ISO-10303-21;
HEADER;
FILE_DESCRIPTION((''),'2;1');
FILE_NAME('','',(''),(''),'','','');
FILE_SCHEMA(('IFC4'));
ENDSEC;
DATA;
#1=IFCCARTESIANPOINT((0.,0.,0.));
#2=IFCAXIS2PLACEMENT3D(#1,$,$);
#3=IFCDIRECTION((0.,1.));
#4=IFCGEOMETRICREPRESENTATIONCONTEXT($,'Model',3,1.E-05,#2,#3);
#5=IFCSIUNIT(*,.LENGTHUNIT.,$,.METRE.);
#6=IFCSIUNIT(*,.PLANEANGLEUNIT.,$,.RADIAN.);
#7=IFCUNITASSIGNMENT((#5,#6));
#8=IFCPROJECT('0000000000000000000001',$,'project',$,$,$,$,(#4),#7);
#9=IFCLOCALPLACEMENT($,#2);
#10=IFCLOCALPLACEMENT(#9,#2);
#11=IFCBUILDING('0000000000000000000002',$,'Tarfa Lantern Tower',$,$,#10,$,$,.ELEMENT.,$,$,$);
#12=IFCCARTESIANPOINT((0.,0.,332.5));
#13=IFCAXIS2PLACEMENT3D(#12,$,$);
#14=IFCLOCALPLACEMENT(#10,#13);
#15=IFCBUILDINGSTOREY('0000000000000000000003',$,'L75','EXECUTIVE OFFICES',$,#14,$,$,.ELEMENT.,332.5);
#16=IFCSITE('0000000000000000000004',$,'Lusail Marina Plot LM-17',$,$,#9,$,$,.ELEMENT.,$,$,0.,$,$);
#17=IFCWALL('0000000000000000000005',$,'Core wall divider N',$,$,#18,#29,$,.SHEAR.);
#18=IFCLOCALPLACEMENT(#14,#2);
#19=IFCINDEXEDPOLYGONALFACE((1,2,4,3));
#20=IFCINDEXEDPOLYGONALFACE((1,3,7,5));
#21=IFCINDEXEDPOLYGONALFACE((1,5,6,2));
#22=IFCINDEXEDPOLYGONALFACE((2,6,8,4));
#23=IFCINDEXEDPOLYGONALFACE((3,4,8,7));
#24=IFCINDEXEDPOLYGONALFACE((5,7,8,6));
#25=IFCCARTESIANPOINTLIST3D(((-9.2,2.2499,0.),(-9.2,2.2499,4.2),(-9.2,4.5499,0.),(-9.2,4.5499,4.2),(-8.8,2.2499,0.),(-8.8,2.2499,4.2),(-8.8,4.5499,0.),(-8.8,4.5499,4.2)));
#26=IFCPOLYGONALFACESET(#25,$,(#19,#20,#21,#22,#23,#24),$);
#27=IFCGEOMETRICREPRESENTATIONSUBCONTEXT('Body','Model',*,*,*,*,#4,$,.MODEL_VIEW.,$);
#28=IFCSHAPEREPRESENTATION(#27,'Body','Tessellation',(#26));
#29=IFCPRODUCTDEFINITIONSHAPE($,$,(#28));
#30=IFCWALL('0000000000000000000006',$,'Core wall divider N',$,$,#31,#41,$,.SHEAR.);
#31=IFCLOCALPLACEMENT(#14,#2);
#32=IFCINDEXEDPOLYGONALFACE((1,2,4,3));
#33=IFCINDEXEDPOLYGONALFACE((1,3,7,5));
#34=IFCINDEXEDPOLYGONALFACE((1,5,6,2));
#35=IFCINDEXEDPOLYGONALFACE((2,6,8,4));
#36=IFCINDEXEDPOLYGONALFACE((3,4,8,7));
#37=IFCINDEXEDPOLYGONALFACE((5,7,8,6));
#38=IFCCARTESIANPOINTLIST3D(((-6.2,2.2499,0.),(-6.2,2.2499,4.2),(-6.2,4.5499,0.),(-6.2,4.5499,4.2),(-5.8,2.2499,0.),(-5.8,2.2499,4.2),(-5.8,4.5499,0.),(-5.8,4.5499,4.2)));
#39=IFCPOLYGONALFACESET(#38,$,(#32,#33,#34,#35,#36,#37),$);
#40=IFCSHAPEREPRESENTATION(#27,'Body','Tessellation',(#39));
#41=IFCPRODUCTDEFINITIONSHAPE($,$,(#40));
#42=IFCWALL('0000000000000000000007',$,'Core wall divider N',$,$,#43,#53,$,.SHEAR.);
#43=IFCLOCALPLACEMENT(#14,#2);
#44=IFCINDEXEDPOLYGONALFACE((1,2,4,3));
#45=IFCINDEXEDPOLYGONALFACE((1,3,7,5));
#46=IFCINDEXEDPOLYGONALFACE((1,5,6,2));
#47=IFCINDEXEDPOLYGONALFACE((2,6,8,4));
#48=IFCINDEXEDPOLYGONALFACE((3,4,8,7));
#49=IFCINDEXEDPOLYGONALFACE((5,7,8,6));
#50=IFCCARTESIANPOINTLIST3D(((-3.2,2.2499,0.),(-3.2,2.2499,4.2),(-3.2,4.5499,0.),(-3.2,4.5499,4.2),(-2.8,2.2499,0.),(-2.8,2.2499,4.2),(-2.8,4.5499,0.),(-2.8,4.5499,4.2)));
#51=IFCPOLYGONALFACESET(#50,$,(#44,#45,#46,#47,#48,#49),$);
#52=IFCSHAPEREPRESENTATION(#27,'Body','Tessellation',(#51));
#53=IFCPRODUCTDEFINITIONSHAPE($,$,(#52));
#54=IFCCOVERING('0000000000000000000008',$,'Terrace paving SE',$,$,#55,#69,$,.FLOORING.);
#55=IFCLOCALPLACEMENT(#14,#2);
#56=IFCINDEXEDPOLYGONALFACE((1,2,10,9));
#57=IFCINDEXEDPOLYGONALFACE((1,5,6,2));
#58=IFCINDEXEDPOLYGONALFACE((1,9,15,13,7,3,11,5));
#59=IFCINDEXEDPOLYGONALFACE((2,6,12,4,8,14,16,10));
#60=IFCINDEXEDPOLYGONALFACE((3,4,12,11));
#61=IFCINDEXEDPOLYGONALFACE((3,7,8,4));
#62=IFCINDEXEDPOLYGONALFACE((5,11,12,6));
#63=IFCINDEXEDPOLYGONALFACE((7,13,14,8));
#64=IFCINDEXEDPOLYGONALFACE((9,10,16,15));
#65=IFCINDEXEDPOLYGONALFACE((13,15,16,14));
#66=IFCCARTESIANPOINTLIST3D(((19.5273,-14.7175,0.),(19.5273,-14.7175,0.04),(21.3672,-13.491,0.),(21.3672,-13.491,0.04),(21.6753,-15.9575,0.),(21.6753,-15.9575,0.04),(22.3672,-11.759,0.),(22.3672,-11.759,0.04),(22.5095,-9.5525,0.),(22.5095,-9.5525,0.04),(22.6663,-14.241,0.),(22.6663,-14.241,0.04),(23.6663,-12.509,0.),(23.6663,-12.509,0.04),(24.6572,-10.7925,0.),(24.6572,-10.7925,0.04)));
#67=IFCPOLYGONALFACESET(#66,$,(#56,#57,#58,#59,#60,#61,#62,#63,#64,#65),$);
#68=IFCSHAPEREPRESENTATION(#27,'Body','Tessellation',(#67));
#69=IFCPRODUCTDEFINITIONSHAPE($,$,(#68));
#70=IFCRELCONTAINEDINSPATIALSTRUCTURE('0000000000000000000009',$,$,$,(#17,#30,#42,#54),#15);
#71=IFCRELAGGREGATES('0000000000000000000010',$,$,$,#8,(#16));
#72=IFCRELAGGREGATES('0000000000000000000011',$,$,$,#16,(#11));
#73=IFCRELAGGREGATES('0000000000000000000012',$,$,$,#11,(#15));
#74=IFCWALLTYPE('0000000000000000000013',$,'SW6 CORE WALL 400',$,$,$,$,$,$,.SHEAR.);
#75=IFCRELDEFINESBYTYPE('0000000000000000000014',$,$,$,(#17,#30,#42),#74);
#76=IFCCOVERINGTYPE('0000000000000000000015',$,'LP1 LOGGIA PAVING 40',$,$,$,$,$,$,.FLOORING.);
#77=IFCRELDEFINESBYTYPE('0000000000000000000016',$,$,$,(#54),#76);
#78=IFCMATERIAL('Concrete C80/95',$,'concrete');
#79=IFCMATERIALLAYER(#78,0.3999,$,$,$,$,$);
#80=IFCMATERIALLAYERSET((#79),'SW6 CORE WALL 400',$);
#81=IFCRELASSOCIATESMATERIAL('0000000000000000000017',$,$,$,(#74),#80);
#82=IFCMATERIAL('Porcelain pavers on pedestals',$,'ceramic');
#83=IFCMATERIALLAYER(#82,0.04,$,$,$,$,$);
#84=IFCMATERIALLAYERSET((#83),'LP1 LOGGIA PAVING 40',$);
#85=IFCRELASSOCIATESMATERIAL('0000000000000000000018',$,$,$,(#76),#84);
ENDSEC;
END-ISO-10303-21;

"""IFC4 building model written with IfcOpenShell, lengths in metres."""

from ifc_helpers import new_model, si_unit, direction, frame, frame_2d, origin, place, context, subcontext, project, spatial, polyline, rectangle, outline, extrude, material, layer, layer_set, type_object, element, save


model = new_model("IFC4")

# Units and contexts
model_context = context("Model", 3, precision=1e-05, world=origin(), true_north=direction((0.0, 1.0)))
body_context = subcontext(model_context, "Body", "Model", "MODEL_VIEW")
ifc_project = project(units=[si_unit("LENGTHUNIT", "METRE"), si_unit("PLANEANGLEUNIT", "RADIAN")], contexts=[model_context])

# Site, building, storey
site_placement = place(None, origin())
site = spatial("IfcSite", under=ifc_project, at=site_placement, Name="Lusail Marina Plot LM-17", CompositionType="ELEMENT", RefElevation=0.0)
building_placement = place(site_placement, origin())
building = spatial("IfcBuilding", under=site, at=building_placement, Name="Tarfa Lantern Tower", CompositionType="ELEMENT")
storey_placement = place(building_placement, frame((0.0, 0.0, 332.5)))
storey = spatial("IfcBuildingStorey", under=building, at=storey_placement, Name="L75", Description="EXECUTIVE OFFICES", CompositionType="ELEMENT", Elevation=332.5)

# Shared definitions
ifc_material_1 = material(Name="Concrete C80/95", Category="concrete")

# Walls
ifc_layer_1 = layer(ifc_material_1, 0.3999)
ifc_layer_set_1 = layer_set([ifc_layer_1], Name="SW6 CORE WALL 400")
wall_type_1 = type_object("IfcWallType", Name="SW6 CORE WALL 400", PredefinedType="SHEAR", material=ifc_layer_set_1)
for number, where, z_axis, x_axis, name in (
    (1, (-9.0, 2.25, 0.0), (0.0, 0.0, 1.0), (0.0, 1.0, 0.0), "Core wall divider N"),
    (2, (-6.0, 2.25, 0.0), (0.0, 0.0, 1.0), (0.0, 1.0, 0.0), "Core wall divider N"),
    (3, (-3.0, 2.25, 0.0), (0.0, 0.0, 1.0), (0.0, 1.0, 0.0), "Core wall divider N"),
):
    element("IfcWall", number, at=place(storey_placement, frame(where, z_axis=z_axis, x_axis=x_axis)), inside=storey, type_object=wall_type_1, Name=name, PredefinedType="SHEAR", context=body_context, shape_type="SweptSolid", body=[
        extrude(rectangle(XDim=2.3, YDim=0.3999, at=frame_2d((1.1499, 0.0))), origin(), (0.0, 0.0, 1.0), 4.2),
    ])

# Covering
ifc_material_2 = material(Name="Porcelain pavers on pedestals", Category="ceramic")
ifc_layer_2 = layer(ifc_material_2, 0.04)
ifc_layer_set_2 = layer_set([ifc_layer_2], Name="LP1 LOGGIA PAVING 40")
covering_type = type_object("IfcCoveringType", Name="LP1 LOGGIA PAVING 40", PredefinedType="FLOORING", material=ifc_layer_set_2)
covering_placement = place(storey_placement, origin())
element("IfcCovering", 4, at=covering_placement, inside=storey, type_object=covering_type, Name="Terrace paving SE", PredefinedType="FLOORING", context=body_context, shape_type="SweptSolid", body=[
    extrude(outline(polyline([(21.6753, -15.9575), (19.5273, -14.7175), (22.5095, -9.5525), (24.6572, -10.7925), (23.6663, -12.509), (22.3672, -11.759), (21.3672, -13.491), (22.6663, -14.241), (21.6753, -15.9575)])), origin(), (0.0, 0.0, 1.0), 0.04),
])

save(model, "model.ifc")
